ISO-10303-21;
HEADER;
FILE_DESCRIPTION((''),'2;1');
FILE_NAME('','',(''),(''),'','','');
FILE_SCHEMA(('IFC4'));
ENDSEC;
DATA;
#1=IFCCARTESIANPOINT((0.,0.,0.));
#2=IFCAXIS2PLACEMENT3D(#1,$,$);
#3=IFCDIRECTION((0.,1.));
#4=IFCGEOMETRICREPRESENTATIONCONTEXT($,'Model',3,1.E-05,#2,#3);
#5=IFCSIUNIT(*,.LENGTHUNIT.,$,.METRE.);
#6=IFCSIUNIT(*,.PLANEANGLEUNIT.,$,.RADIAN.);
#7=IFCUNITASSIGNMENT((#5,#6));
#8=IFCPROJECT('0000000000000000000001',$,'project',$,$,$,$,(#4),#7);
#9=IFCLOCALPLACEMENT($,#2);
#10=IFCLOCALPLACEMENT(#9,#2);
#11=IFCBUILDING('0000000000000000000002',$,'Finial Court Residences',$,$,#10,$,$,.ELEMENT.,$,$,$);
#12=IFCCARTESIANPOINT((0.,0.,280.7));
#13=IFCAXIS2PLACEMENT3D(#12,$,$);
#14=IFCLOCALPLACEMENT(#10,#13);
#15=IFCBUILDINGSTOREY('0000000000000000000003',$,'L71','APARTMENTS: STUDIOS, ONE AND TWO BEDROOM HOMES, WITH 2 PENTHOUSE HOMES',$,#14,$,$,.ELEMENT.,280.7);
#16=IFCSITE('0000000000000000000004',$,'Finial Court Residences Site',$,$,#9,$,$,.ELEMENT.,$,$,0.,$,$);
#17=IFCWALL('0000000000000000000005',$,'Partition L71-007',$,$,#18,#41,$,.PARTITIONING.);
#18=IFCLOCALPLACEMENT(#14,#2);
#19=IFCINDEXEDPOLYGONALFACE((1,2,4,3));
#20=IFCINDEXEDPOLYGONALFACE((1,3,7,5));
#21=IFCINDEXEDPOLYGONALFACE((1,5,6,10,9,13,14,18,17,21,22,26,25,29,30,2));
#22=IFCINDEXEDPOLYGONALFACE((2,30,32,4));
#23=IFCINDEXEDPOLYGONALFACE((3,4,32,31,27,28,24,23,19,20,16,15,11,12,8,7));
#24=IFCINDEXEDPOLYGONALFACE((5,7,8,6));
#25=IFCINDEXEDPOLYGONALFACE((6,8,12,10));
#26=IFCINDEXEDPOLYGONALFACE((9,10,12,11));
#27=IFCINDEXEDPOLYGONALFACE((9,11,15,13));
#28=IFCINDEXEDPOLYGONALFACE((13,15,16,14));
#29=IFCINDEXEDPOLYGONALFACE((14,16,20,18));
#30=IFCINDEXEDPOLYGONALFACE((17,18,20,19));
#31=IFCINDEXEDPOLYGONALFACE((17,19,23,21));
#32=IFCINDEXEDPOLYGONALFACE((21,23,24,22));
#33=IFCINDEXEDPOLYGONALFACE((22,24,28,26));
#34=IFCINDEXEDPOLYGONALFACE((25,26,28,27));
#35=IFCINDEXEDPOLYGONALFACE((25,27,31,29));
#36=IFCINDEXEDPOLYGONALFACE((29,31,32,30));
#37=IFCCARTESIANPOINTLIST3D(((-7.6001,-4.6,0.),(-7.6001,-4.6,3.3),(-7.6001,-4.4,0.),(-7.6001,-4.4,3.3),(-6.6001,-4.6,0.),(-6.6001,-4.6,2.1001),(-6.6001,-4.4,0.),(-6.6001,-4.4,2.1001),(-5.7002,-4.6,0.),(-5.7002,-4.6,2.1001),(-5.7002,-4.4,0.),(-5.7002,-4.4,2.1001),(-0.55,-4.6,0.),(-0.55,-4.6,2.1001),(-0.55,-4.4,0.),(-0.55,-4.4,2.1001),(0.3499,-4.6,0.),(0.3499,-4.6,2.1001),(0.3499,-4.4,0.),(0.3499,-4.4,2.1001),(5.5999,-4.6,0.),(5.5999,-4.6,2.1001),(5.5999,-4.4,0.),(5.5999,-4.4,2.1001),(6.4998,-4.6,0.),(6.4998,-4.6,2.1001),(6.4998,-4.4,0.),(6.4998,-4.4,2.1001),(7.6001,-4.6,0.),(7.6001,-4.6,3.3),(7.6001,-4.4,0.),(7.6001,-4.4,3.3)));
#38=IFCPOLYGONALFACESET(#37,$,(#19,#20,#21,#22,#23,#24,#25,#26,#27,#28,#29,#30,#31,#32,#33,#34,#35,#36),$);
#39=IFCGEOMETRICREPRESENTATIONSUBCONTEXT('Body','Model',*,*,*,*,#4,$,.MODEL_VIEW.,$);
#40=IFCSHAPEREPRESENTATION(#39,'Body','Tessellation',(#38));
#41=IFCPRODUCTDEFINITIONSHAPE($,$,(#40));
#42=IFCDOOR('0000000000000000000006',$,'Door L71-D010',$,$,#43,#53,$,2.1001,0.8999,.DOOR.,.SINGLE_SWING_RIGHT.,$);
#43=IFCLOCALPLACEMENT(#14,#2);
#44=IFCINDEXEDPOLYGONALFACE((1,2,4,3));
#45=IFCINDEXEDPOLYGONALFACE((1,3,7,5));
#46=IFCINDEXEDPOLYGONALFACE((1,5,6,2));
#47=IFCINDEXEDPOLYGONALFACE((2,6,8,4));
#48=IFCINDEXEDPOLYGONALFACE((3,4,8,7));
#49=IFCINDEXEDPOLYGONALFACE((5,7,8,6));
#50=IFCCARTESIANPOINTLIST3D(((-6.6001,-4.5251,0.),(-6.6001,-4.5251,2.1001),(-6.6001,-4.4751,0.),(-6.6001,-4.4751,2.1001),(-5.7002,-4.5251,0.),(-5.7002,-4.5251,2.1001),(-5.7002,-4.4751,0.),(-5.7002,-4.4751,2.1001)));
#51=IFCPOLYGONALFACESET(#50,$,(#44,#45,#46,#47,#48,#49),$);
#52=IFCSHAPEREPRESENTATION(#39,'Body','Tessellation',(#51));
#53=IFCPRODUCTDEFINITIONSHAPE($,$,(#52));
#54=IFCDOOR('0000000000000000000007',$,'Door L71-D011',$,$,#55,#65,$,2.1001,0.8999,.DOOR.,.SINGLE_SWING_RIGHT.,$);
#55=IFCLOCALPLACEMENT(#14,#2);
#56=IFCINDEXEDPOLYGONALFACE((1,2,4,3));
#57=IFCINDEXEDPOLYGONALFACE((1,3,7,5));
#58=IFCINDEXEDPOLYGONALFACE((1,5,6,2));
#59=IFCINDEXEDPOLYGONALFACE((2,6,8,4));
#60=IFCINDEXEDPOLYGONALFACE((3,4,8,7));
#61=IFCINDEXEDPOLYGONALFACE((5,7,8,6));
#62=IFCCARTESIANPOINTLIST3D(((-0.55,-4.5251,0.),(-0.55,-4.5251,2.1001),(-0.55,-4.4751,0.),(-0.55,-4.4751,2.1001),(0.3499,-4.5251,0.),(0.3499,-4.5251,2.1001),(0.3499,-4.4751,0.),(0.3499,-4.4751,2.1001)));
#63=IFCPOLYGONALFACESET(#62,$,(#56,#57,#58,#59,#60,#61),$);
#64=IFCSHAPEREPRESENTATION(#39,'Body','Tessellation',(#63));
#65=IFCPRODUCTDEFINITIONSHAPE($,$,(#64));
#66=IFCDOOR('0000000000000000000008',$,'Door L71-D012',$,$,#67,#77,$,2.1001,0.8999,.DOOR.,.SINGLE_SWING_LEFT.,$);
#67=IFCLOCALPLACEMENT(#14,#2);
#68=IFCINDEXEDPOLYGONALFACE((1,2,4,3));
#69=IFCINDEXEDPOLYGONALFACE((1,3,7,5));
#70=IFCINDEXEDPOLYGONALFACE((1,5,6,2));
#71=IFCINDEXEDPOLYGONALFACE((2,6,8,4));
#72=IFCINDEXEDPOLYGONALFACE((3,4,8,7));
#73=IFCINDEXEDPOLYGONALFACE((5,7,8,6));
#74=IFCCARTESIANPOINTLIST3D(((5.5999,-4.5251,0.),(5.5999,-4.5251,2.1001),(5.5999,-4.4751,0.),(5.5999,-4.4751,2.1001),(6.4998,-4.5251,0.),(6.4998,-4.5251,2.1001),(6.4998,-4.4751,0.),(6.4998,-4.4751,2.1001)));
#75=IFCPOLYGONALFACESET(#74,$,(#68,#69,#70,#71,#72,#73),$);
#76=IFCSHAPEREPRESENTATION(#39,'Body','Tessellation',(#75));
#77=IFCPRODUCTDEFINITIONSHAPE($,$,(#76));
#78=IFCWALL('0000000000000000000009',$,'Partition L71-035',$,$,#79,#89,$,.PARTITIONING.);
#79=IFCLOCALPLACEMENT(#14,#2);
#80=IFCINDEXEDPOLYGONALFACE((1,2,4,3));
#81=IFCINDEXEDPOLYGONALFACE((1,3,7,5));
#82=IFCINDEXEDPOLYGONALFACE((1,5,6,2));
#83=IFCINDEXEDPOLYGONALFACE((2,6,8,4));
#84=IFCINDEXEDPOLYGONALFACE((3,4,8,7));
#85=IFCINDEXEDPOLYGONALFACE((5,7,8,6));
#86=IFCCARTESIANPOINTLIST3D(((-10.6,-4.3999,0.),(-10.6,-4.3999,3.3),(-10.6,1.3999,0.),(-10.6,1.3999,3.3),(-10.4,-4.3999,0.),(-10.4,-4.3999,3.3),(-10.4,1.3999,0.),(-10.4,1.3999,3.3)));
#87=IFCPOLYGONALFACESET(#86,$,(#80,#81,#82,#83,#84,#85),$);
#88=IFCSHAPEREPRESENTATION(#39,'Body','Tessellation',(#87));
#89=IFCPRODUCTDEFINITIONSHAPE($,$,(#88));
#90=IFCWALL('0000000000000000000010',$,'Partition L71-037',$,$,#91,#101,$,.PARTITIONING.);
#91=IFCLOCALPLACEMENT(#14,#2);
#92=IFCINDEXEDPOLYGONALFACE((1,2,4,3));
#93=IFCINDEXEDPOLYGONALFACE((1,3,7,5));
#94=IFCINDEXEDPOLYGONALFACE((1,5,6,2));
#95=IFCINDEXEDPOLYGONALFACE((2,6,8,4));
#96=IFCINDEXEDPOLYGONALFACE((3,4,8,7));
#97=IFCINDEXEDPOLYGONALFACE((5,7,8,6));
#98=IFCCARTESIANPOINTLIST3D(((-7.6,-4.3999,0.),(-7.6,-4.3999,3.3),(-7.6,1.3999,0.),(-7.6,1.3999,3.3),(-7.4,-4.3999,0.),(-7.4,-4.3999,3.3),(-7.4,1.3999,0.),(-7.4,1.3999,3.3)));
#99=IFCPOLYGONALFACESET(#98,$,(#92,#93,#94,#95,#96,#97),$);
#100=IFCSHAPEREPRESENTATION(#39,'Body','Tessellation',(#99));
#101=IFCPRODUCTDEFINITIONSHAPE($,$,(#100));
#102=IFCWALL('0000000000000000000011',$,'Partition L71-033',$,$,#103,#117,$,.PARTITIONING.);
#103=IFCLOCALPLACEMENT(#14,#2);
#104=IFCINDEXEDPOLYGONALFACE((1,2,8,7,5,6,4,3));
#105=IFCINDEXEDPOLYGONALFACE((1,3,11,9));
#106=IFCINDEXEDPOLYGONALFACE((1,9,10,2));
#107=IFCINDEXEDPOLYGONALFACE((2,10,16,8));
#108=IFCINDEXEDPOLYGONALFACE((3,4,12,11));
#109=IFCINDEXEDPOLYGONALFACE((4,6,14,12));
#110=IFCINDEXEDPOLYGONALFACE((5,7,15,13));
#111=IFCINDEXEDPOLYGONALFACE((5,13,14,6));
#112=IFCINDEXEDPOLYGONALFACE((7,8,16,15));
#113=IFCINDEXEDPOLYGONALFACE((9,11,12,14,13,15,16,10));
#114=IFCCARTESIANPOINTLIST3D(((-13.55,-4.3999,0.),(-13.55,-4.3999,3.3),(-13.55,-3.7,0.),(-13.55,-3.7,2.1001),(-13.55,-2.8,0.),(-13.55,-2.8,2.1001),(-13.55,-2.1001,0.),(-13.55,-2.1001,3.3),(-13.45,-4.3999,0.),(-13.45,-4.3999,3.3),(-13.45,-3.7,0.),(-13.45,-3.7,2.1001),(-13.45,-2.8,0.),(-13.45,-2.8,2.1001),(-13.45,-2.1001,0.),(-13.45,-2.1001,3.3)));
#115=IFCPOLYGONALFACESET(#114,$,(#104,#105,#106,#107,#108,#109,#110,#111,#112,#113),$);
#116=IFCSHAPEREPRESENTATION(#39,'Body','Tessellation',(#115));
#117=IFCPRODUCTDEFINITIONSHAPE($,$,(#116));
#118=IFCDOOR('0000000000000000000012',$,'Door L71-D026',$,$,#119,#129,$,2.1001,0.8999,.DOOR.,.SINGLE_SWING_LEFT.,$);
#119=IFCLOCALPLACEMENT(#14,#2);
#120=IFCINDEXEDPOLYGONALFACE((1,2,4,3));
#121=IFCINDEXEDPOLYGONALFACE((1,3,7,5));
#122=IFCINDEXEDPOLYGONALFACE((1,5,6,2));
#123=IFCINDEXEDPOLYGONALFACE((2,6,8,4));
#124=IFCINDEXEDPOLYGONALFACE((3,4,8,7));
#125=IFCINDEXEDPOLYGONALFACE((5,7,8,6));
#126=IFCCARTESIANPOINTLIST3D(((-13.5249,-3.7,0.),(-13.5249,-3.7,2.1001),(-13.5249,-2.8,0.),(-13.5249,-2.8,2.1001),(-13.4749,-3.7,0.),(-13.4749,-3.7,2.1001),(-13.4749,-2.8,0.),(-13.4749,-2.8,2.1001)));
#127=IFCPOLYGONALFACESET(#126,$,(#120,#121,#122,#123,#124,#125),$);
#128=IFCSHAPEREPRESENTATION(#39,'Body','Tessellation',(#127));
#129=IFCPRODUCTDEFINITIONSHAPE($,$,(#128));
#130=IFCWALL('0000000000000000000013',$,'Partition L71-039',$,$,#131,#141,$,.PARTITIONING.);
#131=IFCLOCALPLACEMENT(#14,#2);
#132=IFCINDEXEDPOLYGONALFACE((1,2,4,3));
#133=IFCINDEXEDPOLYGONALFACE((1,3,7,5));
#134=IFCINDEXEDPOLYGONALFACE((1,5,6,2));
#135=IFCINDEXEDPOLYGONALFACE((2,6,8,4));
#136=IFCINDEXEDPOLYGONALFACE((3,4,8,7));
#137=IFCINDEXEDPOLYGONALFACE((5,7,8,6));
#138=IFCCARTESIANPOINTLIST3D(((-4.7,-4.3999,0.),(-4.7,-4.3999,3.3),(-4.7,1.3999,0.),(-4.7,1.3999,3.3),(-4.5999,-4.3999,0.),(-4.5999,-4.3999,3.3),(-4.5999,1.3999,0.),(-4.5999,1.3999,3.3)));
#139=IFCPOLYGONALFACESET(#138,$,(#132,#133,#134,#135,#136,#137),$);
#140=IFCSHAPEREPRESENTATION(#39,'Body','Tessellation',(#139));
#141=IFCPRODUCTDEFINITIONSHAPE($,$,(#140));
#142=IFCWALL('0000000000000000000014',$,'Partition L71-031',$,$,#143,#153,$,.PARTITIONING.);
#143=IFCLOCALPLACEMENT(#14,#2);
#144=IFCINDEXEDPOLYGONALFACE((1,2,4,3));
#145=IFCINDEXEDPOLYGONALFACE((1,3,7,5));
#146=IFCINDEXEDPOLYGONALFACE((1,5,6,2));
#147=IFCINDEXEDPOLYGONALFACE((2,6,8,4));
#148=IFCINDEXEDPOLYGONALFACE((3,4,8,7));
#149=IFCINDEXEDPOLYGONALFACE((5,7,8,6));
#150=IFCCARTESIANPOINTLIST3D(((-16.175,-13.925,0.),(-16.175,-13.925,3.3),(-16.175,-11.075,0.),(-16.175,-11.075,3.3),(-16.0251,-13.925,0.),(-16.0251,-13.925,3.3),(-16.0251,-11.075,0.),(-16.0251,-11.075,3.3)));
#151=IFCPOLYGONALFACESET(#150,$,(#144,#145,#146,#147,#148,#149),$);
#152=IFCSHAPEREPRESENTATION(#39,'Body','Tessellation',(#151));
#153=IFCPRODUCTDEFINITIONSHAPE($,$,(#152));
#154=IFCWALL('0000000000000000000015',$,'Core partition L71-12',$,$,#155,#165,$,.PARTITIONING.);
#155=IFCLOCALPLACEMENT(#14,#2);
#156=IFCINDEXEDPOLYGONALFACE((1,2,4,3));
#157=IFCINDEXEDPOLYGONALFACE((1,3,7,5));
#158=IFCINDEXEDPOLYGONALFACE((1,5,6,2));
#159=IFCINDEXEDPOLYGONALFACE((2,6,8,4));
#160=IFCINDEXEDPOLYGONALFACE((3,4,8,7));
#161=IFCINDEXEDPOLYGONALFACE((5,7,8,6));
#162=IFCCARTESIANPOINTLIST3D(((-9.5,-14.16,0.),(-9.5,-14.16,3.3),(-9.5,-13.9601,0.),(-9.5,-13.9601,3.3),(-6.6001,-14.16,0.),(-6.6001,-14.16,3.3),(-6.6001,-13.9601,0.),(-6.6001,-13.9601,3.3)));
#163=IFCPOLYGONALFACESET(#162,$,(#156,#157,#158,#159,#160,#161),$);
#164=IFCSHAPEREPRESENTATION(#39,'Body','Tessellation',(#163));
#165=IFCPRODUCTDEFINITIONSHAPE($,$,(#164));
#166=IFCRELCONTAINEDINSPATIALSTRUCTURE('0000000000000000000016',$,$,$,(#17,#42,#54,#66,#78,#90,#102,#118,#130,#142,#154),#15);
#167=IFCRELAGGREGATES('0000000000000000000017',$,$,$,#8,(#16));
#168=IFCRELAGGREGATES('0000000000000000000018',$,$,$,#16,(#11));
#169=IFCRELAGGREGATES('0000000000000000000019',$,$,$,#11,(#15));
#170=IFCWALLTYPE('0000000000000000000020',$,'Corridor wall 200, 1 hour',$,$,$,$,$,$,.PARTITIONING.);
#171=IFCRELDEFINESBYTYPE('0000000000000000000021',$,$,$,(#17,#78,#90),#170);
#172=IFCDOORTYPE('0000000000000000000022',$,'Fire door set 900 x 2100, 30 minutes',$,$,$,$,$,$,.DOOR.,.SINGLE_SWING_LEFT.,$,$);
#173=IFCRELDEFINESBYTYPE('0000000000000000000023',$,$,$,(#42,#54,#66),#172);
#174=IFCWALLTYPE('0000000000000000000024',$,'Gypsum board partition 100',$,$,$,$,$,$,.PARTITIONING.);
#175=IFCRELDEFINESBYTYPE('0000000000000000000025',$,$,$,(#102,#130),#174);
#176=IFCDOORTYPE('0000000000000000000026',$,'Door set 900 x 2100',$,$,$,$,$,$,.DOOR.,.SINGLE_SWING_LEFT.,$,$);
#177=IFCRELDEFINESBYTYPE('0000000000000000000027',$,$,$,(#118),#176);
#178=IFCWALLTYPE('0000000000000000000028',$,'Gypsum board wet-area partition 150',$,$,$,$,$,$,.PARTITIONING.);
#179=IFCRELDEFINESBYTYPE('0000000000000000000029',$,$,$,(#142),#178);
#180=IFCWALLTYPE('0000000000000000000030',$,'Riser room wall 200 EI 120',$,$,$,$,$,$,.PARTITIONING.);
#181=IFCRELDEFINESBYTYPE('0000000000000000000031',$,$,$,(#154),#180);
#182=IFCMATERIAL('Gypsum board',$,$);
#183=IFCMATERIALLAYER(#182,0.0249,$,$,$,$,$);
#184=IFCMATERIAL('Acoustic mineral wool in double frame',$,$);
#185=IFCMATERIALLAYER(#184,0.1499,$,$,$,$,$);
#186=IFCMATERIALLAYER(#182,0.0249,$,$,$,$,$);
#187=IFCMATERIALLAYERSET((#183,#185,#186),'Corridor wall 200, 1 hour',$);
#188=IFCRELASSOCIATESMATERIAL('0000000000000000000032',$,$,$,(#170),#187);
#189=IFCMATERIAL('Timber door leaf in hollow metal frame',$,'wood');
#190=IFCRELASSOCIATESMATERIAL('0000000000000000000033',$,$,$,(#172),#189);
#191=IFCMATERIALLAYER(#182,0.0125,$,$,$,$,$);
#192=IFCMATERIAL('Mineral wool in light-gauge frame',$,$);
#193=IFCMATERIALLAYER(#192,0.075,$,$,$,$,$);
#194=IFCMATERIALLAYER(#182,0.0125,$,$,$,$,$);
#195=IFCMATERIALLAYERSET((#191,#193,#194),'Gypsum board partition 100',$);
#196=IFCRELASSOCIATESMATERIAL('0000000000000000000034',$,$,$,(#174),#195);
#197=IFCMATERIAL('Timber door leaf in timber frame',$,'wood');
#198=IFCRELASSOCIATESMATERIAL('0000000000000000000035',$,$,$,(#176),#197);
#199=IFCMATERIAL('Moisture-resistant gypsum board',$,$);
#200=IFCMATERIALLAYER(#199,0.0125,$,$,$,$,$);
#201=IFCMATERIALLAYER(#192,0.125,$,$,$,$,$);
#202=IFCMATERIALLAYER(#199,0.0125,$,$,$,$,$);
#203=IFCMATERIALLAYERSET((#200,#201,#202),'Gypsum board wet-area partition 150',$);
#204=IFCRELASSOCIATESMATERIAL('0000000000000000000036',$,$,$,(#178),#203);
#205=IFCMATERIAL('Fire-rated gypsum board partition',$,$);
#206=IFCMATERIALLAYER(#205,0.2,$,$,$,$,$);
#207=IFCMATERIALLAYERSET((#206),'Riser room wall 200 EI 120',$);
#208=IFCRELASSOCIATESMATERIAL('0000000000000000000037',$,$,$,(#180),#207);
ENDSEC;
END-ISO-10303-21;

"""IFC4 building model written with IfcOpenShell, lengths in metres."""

from ifc_helpers import new_model, si_unit, direction, frame, frame_2d, origin, place, context, subcontext, project, spatial, rectangle, extrude, material, layer, layer_set, type_object, element, fill, save


model = new_model("IFC4")

# Units and contexts
model_context = context("Model", 3, precision=1e-05, world=origin(), true_north=direction((0.0, 1.0)))
body_context = subcontext(model_context, "Body", "Model", "MODEL_VIEW")
ifc_project = project(units=[si_unit("LENGTHUNIT", "METRE"), si_unit("PLANEANGLEUNIT", "RADIAN")], contexts=[model_context])

# Site, building, storey
site_placement = place(None, origin())
site = spatial("IfcSite", under=ifc_project, at=site_placement, Name="Finial Court Residences Site", CompositionType="ELEMENT", RefElevation=0.0)
building_placement = place(site_placement, origin())
building = spatial("IfcBuilding", under=site, at=building_placement, Name="Finial Court Residences", CompositionType="ELEMENT")
storey_placement = place(building_placement, frame((0.0, 0.0, 280.7)))
storey = spatial("IfcBuildingStorey", under=building, at=storey_placement, Name="L71", Description="APARTMENTS: STUDIOS, ONE AND TWO BEDROOM HOMES, WITH 2 PENTHOUSE HOMES", CompositionType="ELEMENT", Elevation=280.7)

# Shared definitions
ifc_material_1 = material(Name="Fire-rated gypsum board partition")

# Wall, openings, doors
ifc_material_2 = material(Name="Gypsum board")
ifc_layer_1 = layer(ifc_material_2, 0.0249)
ifc_material_3 = material(Name="Acoustic mineral wool in double frame")
ifc_layer_2 = layer(ifc_material_3, 0.1499)
ifc_layer_3 = layer(ifc_material_2, 0.0249)
ifc_layer_set_1 = layer_set([ifc_layer_1, ifc_layer_2, ifc_layer_3], Name="Corridor wall 200, 1 hour")
wall_type_1 = type_object("IfcWallType", Name="Corridor wall 200, 1 hour", PredefinedType="PARTITIONING", material=ifc_layer_set_1)
wall_1_placement = place(storey_placement, frame((-7.6001, -4.5, 0.0), z_axis=(0.0, 0.0, 1.0), x_axis=(1.0, 0.0, 0.0)))
wall_1 = element("IfcWall", 1, at=wall_1_placement, inside=storey, type_object=wall_type_1, Name="Partition L71-007", PredefinedType="PARTITIONING", context=body_context, shape_type="SweptSolid", body=[
    extrude(rectangle(XDim=15.2002, YDim=0.2, at=frame_2d((7.6001, 0.0))), origin(), (0.0, 0.0, 1.0), 3.3),
])
opening_1_placement = place(wall_1_placement, frame((1.0, 0.0, 0.0)))
opening_1 = element("IfcOpeningElement", 2, at=opening_1_placement, cuts=wall_1, PredefinedType="OPENING", context=body_context, shape_type="SweptSolid", body=[
    extrude(rectangle(XDim=0.8999, YDim=2.1001, at=frame_2d((0.45, 1.05))), frame((0.0, 0.1099, 0.0), z_axis=(0.0, -1.0, 0.0), x_axis=(1.0, 0.0, 0.0)), (0.0, 0.0, 1.0), 0.22),
])
opening_2_placement = place(wall_1_placement, frame((7.05, 0.0, 0.0)))
opening_2 = element("IfcOpeningElement", 3, at=opening_2_placement, cuts=wall_1, PredefinedType="OPENING", context=body_context, shape_type="SweptSolid", body=[
    extrude(rectangle(XDim=0.8999, YDim=2.1001, at=frame_2d((0.45, 1.05))), frame((0.0, 0.1099, 0.0), z_axis=(0.0, -1.0, 0.0), x_axis=(1.0, 0.0, 0.0)), (0.0, 0.0, 1.0), 0.22),
])
opening_3_placement = place(wall_1_placement, frame((13.2, 0.0, 0.0)))
opening_3 = element("IfcOpeningElement", 4, at=opening_3_placement, cuts=wall_1, PredefinedType="OPENING", context=body_context, shape_type="SweptSolid", body=[
    extrude(rectangle(XDim=0.8999, YDim=2.1001, at=frame_2d((0.45, 1.05))), frame((0.0, 0.1099, 0.0), z_axis=(0.0, -1.0, 0.0), x_axis=(1.0, 0.0, 0.0)), (0.0, 0.0, 1.0), 0.22),
])
ifc_material_4 = material(Name="Timber door leaf in hollow metal frame", Category="wood")
door_type_1 = type_object("IfcDoorType", Name="Fire door set 900 x 2100, 30 minutes", OperationType="SINGLE_SWING_LEFT", PredefinedType="DOOR", material=ifc_material_4)
door_1_placement = place(opening_1_placement, origin())
door_1 = element("IfcDoor", 5, at=door_1_placement, inside=storey, type_object=door_type_1, Name="Door L71-D010", OperationType="SINGLE_SWING_RIGHT", OverallHeight=2.1001, OverallWidth=0.8999, PredefinedType="DOOR", context=body_context, shape_type="SweptSolid", body=[
    extrude(rectangle(XDim=0.8999, YDim=2.1001, at=frame_2d((0.45, 1.05))), frame((0.0, 0.0249, 0.0), z_axis=(0.0, -1.0, 0.0), x_axis=(1.0, 0.0, 0.0)), (0.0, 0.0, 1.0), 0.05),
])
fill(opening_1, door_1)
door_2_placement = place(opening_2_placement, origin())
door_2 = element("IfcDoor", 6, at=door_2_placement, inside=storey, type_object=door_type_1, Name="Door L71-D011", OperationType="SINGLE_SWING_RIGHT", OverallHeight=2.1001, OverallWidth=0.8999, PredefinedType="DOOR", context=body_context, shape_type="SweptSolid", body=[
    extrude(rectangle(XDim=0.8999, YDim=2.1001, at=frame_2d((0.45, 1.05))), frame((0.0, 0.0249, 0.0), z_axis=(0.0, -1.0, 0.0), x_axis=(1.0, 0.0, 0.0)), (0.0, 0.0, 1.0), 0.05),
])
fill(opening_2, door_2)
door_3_placement = place(opening_3_placement, origin())
door_3 = element("IfcDoor", 7, at=door_3_placement, inside=storey, type_object=door_type_1, Name="Door L71-D012", OperationType="SINGLE_SWING_LEFT", OverallHeight=2.1001, OverallWidth=0.8999, PredefinedType="DOOR", context=body_context, shape_type="SweptSolid", body=[
    extrude(rectangle(XDim=0.8999, YDim=2.1001, at=frame_2d((0.45, 1.05))), frame((0.0, 0.0249, 0.0), z_axis=(0.0, -1.0, 0.0), x_axis=(1.0, 0.0, 0.0)), (0.0, 0.0, 1.0), 0.05),
])
fill(opening_3, door_3)

# Walls
for number, where, z_axis, x_axis, name in (
    (8, (-10.5, -4.3999, 0.0), (0.0, 0.0, 1.0), (0.0, 1.0, 0.0), "Partition L71-035"),
    (9, (-7.5, -4.3999, 0.0), (0.0, 0.0, 1.0), (0.0, 1.0, 0.0), "Partition L71-037"),
):
    element("IfcWall", number, at=place(storey_placement, frame(where, z_axis=z_axis, x_axis=x_axis)), inside=storey, type_object=wall_type_1, Name=name, PredefinedType="PARTITIONING", context=body_context, shape_type="SweptSolid", body=[
        extrude(rectangle(XDim=5.7998, YDim=0.2, at=frame_2d((2.8999, 0.0))), origin(), (0.0, 0.0, 1.0), 3.3),
    ])

# Wall, opening, door
ifc_layer_4 = layer(ifc_material_2, 0.0125)
ifc_material_5 = material(Name="Mineral wool in light-gauge frame")
ifc_layer_5 = layer(ifc_material_5, 0.075)
ifc_layer_6 = layer(ifc_material_2, 0.0125)
ifc_layer_set_2 = layer_set([ifc_layer_4, ifc_layer_5, ifc_layer_6], Name="Gypsum board partition 100")
wall_type_2 = type_object("IfcWallType", Name="Gypsum board partition 100", PredefinedType="PARTITIONING", material=ifc_layer_set_2)
wall_2_placement = place(storey_placement, frame((-13.5, -4.3999, 0.0), z_axis=(0.0, 0.0, 1.0), x_axis=(0.0, 1.0, 0.0)))
wall_2 = element("IfcWall", 10, at=wall_2_placement, inside=storey, type_object=wall_type_2, Name="Partition L71-033", PredefinedType="PARTITIONING", context=body_context, shape_type="SweptSolid", body=[
    extrude(rectangle(XDim=2.2998, YDim=0.1001, at=frame_2d((1.1499, 0.0))), origin(), (0.0, 0.0, 1.0), 3.3),
])
opening_4_placement = place(wall_2_placement, frame((0.7, 0.0, 0.0)))
opening_4 = element("IfcOpeningElement", 11, at=opening_4_placement, cuts=wall_2, PredefinedType="OPENING", context=body_context, shape_type="SweptSolid", body=[
    extrude(rectangle(XDim=0.8999, YDim=2.1001, at=frame_2d((0.45, 1.05))), frame((0.0, 0.0601, 0.0), z_axis=(0.0, -1.0, 0.0), x_axis=(1.0, 0.0, 0.0)), (0.0, 0.0, 1.0), 0.1201),
])
ifc_material_6 = material(Name="Timber door leaf in timber frame", Category="wood")
door_type_2 = type_object("IfcDoorType", Name="Door set 900 x 2100", OperationType="SINGLE_SWING_LEFT", PredefinedType="DOOR", material=ifc_material_6)
door_4_placement = place(opening_4_placement, origin())
door_4 = element("IfcDoor", 12, at=door_4_placement, inside=storey, type_object=door_type_2, Name="Door L71-D026", OperationType="SINGLE_SWING_LEFT", OverallHeight=2.1001, OverallWidth=0.8999, PredefinedType="DOOR", context=body_context, shape_type="SweptSolid", body=[
    extrude(rectangle(XDim=0.8999, YDim=2.1001, at=frame_2d((0.45, 1.05))), frame((0.0, 0.0249, 0.0), z_axis=(0.0, -1.0, 0.0), x_axis=(1.0, 0.0, 0.0)), (0.0, 0.0, 1.0), 0.05),
])
fill(opening_4, door_4)

# Walls
wall_3_placement = place(storey_placement, frame((-4.6499, -4.3999, 0.0), z_axis=(0.0, 0.0, 1.0), x_axis=(0.0, 1.0, 0.0)))
element("IfcWall", 13, at=wall_3_placement, inside=storey, type_object=wall_type_2, Name="Partition L71-039", PredefinedType="PARTITIONING", context=body_context, shape_type="SweptSolid", body=[
    extrude(rectangle(XDim=5.7998, YDim=0.1001, at=frame_2d((2.8999, 0.0))), origin(), (0.0, 0.0, 1.0), 3.3),
])
ifc_material_7 = material(Name="Moisture-resistant gypsum board")
ifc_layer_7 = layer(ifc_material_7, 0.0125)
ifc_layer_8 = layer(ifc_material_5, 0.125)
ifc_layer_9 = layer(ifc_material_7, 0.0125)
ifc_layer_set_3 = layer_set([ifc_layer_7, ifc_layer_8, ifc_layer_9], Name="Gypsum board wet-area partition 150")
wall_type_3 = type_object("IfcWallType", Name="Gypsum board wet-area partition 150", PredefinedType="PARTITIONING", material=ifc_layer_set_3)
wall_4_placement = place(storey_placement, frame((-16.1001, -13.925, 0.0), z_axis=(0.0, 0.0, 1.0), x_axis=(0.0, 1.0, 0.0)))
element("IfcWall", 14, at=wall_4_placement, inside=storey, type_object=wall_type_3, Name="Partition L71-031", PredefinedType="PARTITIONING", context=body_context, shape_type="SweptSolid", body=[
    extrude(rectangle(XDim=2.8501, YDim=0.1499, at=frame_2d((1.425, 0.0))), origin(), (0.0, 0.0, 1.0), 3.3),
])
ifc_layer_10 = layer(ifc_material_1, 0.2)
ifc_layer_set_4 = layer_set([ifc_layer_10], Name="Riser room wall 200 EI 120")
wall_type_4 = type_object("IfcWallType", Name="Riser room wall 200 EI 120", PredefinedType="PARTITIONING", material=ifc_layer_set_4)
wall_5_placement = place(storey_placement, frame((-9.5, -14.0601, 0.0), z_axis=(0.0, 0.0, 1.0), x_axis=(1.0, 0.0, 0.0)))
element("IfcWall", 15, at=wall_5_placement, inside=storey, type_object=wall_type_4, Name="Core partition L71-12", PredefinedType="PARTITIONING", context=body_context, shape_type="SweptSolid", body=[
    extrude(rectangle(XDim=2.8999, YDim=0.2, at=frame_2d((1.45, 0.0))), origin(), (0.0, 0.0, 1.0), 3.3),
])

save(model, "model.ifc")
